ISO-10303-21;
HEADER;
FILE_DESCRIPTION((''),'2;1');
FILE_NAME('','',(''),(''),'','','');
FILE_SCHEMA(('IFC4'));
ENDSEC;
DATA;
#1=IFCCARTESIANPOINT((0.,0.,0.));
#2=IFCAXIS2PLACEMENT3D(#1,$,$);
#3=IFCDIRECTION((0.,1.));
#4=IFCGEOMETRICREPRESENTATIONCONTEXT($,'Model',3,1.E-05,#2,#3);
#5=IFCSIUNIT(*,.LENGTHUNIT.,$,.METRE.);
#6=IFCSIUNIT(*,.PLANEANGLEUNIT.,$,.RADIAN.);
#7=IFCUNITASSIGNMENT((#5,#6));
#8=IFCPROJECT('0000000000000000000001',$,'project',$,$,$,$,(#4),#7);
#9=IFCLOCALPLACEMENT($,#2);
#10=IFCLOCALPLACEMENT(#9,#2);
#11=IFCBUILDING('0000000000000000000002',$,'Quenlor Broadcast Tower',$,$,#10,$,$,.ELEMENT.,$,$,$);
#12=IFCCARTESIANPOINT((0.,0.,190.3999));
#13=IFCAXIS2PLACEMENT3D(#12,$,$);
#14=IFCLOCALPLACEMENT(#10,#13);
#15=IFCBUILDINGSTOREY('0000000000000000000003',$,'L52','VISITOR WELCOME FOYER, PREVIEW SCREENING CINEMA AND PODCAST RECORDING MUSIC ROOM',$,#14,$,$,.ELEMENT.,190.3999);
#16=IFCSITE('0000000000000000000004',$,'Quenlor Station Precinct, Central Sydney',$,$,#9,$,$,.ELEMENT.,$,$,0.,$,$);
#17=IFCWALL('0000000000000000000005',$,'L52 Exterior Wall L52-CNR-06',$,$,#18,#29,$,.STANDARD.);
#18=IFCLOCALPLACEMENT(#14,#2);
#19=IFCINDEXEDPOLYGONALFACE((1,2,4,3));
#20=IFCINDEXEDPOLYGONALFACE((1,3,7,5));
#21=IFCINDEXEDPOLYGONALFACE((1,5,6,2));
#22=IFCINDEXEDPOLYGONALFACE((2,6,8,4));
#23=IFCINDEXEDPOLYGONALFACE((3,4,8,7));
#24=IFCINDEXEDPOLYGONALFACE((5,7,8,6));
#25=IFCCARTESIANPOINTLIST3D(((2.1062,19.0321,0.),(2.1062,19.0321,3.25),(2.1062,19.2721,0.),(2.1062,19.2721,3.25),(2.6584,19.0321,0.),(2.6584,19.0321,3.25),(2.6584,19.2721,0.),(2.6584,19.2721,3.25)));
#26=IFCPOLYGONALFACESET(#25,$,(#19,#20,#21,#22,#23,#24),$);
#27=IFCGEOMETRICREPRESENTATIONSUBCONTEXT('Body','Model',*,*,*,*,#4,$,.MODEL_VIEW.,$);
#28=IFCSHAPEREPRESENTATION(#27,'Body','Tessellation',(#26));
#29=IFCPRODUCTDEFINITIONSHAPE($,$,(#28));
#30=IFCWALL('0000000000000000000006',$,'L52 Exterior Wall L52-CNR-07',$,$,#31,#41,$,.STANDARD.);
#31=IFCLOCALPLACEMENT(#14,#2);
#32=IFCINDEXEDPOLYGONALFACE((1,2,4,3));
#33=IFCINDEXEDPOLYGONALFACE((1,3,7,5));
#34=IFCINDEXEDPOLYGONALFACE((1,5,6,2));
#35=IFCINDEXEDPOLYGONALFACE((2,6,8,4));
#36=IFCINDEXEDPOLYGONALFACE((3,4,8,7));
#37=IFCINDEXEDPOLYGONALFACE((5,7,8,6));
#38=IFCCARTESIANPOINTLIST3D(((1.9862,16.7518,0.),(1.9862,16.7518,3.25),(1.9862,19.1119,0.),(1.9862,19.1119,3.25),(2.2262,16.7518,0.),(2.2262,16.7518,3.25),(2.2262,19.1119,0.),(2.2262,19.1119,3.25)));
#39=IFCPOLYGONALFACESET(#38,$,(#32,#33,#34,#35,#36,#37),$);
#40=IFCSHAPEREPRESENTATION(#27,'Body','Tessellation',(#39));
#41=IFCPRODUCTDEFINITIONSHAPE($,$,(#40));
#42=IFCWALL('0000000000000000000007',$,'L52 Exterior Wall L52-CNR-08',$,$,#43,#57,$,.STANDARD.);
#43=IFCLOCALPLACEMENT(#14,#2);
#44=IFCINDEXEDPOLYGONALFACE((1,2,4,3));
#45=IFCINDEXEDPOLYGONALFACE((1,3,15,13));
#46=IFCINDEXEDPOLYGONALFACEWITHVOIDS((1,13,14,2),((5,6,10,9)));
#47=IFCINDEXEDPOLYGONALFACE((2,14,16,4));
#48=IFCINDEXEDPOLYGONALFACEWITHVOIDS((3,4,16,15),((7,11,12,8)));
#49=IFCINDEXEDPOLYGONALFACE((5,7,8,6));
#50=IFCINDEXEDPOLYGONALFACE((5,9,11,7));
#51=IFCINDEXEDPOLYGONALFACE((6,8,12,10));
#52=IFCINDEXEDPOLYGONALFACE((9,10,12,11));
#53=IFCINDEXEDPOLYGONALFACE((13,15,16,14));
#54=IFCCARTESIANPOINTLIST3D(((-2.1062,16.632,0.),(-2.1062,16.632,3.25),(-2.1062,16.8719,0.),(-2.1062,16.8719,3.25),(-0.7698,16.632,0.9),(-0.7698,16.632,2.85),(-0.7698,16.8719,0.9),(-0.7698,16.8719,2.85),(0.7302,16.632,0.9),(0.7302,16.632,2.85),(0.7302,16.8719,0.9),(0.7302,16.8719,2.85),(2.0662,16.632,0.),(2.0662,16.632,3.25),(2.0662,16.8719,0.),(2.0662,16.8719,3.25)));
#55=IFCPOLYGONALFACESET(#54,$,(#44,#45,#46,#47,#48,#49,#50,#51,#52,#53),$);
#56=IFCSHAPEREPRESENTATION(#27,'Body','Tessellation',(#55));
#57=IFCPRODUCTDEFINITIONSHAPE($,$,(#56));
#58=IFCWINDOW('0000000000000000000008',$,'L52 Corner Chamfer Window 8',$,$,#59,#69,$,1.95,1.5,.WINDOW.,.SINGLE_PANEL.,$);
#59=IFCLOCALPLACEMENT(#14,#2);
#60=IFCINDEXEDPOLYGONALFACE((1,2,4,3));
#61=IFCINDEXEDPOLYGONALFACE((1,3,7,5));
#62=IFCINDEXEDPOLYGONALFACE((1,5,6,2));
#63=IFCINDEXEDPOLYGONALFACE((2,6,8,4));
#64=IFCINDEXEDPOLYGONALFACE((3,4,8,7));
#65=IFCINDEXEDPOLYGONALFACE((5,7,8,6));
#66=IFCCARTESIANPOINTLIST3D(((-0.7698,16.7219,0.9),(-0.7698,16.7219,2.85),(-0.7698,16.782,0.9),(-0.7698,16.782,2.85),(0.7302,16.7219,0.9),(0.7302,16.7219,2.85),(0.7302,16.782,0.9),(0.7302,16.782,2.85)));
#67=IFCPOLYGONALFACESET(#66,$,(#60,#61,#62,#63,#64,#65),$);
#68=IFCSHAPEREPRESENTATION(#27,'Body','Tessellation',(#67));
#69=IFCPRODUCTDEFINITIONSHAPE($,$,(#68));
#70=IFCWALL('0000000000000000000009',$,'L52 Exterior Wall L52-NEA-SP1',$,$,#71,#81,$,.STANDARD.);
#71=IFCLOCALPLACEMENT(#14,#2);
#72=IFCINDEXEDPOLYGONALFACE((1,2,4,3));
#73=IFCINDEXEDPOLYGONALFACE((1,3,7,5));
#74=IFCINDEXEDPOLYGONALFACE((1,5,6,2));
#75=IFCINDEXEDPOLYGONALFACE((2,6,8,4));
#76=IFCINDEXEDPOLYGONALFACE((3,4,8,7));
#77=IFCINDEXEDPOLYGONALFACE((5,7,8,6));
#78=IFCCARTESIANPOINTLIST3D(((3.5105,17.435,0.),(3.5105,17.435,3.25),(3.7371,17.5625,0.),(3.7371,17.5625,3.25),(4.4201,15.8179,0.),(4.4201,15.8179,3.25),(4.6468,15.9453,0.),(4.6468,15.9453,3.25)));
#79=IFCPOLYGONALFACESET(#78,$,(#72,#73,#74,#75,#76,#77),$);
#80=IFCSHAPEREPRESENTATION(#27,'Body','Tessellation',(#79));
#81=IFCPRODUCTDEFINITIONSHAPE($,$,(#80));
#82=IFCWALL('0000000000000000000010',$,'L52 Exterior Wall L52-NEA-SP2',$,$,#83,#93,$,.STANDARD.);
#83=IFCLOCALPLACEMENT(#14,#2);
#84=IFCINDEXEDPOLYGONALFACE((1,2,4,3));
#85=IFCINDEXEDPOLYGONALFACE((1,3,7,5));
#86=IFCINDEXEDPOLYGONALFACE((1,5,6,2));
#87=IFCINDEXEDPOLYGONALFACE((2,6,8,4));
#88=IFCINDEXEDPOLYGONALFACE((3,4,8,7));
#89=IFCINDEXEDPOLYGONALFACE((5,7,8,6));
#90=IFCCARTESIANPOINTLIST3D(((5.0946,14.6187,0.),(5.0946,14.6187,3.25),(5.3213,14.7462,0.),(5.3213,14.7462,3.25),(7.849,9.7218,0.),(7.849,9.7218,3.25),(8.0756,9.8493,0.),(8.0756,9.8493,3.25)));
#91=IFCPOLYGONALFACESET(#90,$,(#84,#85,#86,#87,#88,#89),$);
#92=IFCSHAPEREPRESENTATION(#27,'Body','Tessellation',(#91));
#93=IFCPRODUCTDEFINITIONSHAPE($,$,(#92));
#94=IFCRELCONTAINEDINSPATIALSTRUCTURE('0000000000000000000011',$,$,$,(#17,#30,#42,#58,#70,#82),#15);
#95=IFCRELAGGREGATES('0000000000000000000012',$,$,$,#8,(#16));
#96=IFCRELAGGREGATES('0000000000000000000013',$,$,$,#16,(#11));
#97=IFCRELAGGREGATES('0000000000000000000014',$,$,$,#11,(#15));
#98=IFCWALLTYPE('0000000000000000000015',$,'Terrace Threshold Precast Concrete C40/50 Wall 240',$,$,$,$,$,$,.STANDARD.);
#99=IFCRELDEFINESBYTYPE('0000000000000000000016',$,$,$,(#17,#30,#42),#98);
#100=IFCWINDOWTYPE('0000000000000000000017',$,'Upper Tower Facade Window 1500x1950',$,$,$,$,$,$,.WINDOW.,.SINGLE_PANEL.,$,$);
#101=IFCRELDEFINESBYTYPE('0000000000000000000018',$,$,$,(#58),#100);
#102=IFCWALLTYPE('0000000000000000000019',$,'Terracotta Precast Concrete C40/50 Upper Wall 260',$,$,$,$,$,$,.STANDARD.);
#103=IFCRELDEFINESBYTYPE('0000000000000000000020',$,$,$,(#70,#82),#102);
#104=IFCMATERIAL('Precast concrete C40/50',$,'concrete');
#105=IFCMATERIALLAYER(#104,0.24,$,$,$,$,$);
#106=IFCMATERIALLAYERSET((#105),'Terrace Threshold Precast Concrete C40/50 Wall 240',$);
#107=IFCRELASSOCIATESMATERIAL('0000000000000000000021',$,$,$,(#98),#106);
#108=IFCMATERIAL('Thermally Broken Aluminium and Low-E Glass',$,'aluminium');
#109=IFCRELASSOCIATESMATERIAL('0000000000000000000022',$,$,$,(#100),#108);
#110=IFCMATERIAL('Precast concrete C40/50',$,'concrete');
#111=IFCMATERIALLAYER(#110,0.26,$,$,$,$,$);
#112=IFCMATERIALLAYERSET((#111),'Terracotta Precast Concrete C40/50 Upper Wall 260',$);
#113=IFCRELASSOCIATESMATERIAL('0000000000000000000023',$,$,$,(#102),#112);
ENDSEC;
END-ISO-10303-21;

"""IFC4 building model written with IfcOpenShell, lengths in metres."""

from ifc_helpers import new_model, si_unit, direction, frame, frame_2d, origin, place, context, subcontext, project, spatial, rectangle, extrude, material, layer, layer_set, type_object, element, fill, save


model = new_model("IFC4")

# Units and contexts
model_context = context("Model", 3, precision=1e-05, world=origin(), true_north=direction((0.0, 1.0)))
body_context = subcontext(model_context, "Body", "Model", "MODEL_VIEW")
ifc_project = project(units=[si_unit("LENGTHUNIT", "METRE"), si_unit("PLANEANGLEUNIT", "RADIAN")], contexts=[model_context])

# Site, building, storey
site_placement = place(None, origin())
site = spatial("IfcSite", under=ifc_project, at=site_placement, Name="Quenlor Station Precinct, Central Sydney", CompositionType="ELEMENT", RefElevation=0.0)
building_placement = place(site_placement, origin())
building = spatial("IfcBuilding", under=site, at=building_placement, Name="Quenlor Broadcast Tower", CompositionType="ELEMENT")
storey_placement = place(building_placement, frame((0.0, 0.0, 190.3999)))
storey = spatial("IfcBuildingStorey", under=building, at=storey_placement, Name="L52", Description="VISITOR WELCOME FOYER, PREVIEW SCREENING CINEMA AND PODCAST RECORDING MUSIC ROOM", CompositionType="ELEMENT", Elevation=190.3999)

# Walls
ifc_material_1 = material(Name="Precast concrete C40/50", Category="concrete")
ifc_layer_1 = layer(ifc_material_1, 0.24)
ifc_layer_set_1 = layer_set([ifc_layer_1], Name="Terrace Threshold Precast Concrete C40/50 Wall 240")
wall_type_1 = type_object("IfcWallType", Name="Terrace Threshold Precast Concrete C40/50 Wall 240", PredefinedType="STANDARD", material=ifc_layer_set_1)
wall_1_placement = place(storey_placement, frame((2.6584, 19.1521, 0.0), z_axis=(0.0, 0.0, 1.0), x_axis=(-1.0, 0.0, 0.0)))
element("IfcWall", 1, at=wall_1_placement, inside=storey, type_object=wall_type_1, Name="L52 Exterior Wall L52-CNR-06", PredefinedType="STANDARD", context=body_context, shape_type="SweptSolid", body=[
    extrude(rectangle(XDim=0.5522, YDim=0.24, at=frame_2d((0.2761, 0.0))), origin(), (0.0, 0.0, 1.0), 3.25),
])
wall_2_placement = place(storey_placement, frame((2.1062, 19.1121, 0.0), z_axis=(0.0, 0.0, 1.0), x_axis=(0.0, -1.0, 0.0)))
element("IfcWall", 2, at=wall_2_placement, inside=storey, type_object=wall_type_1, Name="L52 Exterior Wall L52-CNR-07", PredefinedType="STANDARD", context=body_context, shape_type="SweptSolid", body=[
    extrude(rectangle(XDim=2.3601, YDim=0.24, at=frame_2d((1.1802, 0.0))), origin(), (0.0, 0.0, 1.0), 3.25),
])

# Wall, opening, window
wall_3_placement = place(storey_placement, frame((2.0662, 16.752, 0.0), z_axis=(0.0, 0.0, 1.0), x_axis=(-1.0, 0.0, 0.0)))
wall_3 = element("IfcWall", 3, at=wall_3_placement, inside=storey, type_object=wall_type_1, Name="L52 Exterior Wall L52-CNR-08", PredefinedType="STANDARD", context=body_context, shape_type="SweptSolid", body=[
    extrude(rectangle(XDim=4.1724, YDim=0.24, at=frame_2d((2.0862, 0.0))), origin(), (0.0, 0.0, 1.0), 3.25),
])
opening_placement = place(wall_3_placement, frame((1.3359, 0.0, 0.8999)))
opening = element("IfcOpeningElement", 4, at=opening_placement, cuts=wall_3, PredefinedType="OPENING", context=body_context, shape_type="SweptSolid", body=[
    extrude(rectangle(XDim=1.5, YDim=1.95, at=frame_2d((0.75, 0.9751))), frame((0.0, 0.1299, 0.0), z_axis=(0.0, -1.0, 0.0), x_axis=(1.0, 0.0, 0.0)), (0.0, 0.0, 1.0), 0.26),
])
ifc_material_2 = material(Name="Thermally Broken Aluminium and Low-E Glass", Category="aluminium")
window_type = type_object("IfcWindowType", Name="Upper Tower Facade Window 1500x1950", PartitioningType="SINGLE_PANEL", PredefinedType="WINDOW", material=ifc_material_2)
window_placement = place(opening_placement, origin())
window = element("IfcWindow", 5, at=window_placement, inside=storey, type_object=window_type, Name="L52 Corner Chamfer Window 8", OverallHeight=1.95, OverallWidth=1.5, PartitioningType="SINGLE_PANEL", PredefinedType="WINDOW", context=body_context, shape_type="SweptSolid", body=[
    extrude(rectangle(XDim=1.5, YDim=1.95, at=frame_2d((0.75, 0.9751))), frame((0.0, 0.03, 0.0), z_axis=(0.0, -1.0, 0.0), x_axis=(1.0, 0.0, 0.0)), (0.0, 0.0, 1.0), 0.0601),
])
fill(opening, window)

# Walls
ifc_material_3 = material(Name="Precast concrete C40/50", Category="concrete")
ifc_layer_2 = layer(ifc_material_3, 0.26)
ifc_layer_set_2 = layer_set([ifc_layer_2], Name="Terracotta Precast Concrete C40/50 Upper Wall 260")
wall_type_2 = type_object("IfcWallType", Name="Terracotta Precast Concrete C40/50 Upper Wall 260", PredefinedType="STANDARD", material=ifc_layer_set_2)
wall_4_placement = place(storey_placement, frame((3.6238, 17.4988, 0.0), z_axis=(0.0, 0.0, 1.0), x_axis=(0.490261, -0.871576, 0.0)))
element("IfcWall", 6, at=wall_4_placement, inside=storey, type_object=wall_type_2, Name="L52 Exterior Wall L52-NEA-SP1", PredefinedType="STANDARD", context=body_context, shape_type="SweptSolid", body=[
    extrude(rectangle(XDim=1.8555, YDim=0.26, at=frame_2d((0.9277, 0.0))), origin(), (0.0, 0.0, 1.0), 3.25),
])
wall_5_placement = place(storey_placement, frame((5.208, 14.6824, 0.0), z_axis=(0.0, 0.0, 1.0), x_axis=(0.490241, -0.871587, 0.0)))
element("IfcWall", 7, at=wall_5_placement, inside=storey, type_object=wall_type_2, Name="L52 Exterior Wall L52-NEA-SP2", PredefinedType="STANDARD", context=body_context, shape_type="SweptSolid", body=[
    extrude(rectangle(XDim=5.6184, YDim=0.26, at=frame_2d((2.8091, 0.0))), origin(), (0.0, 0.0, 1.0), 3.25),
])

save(model, "model.ifc")
